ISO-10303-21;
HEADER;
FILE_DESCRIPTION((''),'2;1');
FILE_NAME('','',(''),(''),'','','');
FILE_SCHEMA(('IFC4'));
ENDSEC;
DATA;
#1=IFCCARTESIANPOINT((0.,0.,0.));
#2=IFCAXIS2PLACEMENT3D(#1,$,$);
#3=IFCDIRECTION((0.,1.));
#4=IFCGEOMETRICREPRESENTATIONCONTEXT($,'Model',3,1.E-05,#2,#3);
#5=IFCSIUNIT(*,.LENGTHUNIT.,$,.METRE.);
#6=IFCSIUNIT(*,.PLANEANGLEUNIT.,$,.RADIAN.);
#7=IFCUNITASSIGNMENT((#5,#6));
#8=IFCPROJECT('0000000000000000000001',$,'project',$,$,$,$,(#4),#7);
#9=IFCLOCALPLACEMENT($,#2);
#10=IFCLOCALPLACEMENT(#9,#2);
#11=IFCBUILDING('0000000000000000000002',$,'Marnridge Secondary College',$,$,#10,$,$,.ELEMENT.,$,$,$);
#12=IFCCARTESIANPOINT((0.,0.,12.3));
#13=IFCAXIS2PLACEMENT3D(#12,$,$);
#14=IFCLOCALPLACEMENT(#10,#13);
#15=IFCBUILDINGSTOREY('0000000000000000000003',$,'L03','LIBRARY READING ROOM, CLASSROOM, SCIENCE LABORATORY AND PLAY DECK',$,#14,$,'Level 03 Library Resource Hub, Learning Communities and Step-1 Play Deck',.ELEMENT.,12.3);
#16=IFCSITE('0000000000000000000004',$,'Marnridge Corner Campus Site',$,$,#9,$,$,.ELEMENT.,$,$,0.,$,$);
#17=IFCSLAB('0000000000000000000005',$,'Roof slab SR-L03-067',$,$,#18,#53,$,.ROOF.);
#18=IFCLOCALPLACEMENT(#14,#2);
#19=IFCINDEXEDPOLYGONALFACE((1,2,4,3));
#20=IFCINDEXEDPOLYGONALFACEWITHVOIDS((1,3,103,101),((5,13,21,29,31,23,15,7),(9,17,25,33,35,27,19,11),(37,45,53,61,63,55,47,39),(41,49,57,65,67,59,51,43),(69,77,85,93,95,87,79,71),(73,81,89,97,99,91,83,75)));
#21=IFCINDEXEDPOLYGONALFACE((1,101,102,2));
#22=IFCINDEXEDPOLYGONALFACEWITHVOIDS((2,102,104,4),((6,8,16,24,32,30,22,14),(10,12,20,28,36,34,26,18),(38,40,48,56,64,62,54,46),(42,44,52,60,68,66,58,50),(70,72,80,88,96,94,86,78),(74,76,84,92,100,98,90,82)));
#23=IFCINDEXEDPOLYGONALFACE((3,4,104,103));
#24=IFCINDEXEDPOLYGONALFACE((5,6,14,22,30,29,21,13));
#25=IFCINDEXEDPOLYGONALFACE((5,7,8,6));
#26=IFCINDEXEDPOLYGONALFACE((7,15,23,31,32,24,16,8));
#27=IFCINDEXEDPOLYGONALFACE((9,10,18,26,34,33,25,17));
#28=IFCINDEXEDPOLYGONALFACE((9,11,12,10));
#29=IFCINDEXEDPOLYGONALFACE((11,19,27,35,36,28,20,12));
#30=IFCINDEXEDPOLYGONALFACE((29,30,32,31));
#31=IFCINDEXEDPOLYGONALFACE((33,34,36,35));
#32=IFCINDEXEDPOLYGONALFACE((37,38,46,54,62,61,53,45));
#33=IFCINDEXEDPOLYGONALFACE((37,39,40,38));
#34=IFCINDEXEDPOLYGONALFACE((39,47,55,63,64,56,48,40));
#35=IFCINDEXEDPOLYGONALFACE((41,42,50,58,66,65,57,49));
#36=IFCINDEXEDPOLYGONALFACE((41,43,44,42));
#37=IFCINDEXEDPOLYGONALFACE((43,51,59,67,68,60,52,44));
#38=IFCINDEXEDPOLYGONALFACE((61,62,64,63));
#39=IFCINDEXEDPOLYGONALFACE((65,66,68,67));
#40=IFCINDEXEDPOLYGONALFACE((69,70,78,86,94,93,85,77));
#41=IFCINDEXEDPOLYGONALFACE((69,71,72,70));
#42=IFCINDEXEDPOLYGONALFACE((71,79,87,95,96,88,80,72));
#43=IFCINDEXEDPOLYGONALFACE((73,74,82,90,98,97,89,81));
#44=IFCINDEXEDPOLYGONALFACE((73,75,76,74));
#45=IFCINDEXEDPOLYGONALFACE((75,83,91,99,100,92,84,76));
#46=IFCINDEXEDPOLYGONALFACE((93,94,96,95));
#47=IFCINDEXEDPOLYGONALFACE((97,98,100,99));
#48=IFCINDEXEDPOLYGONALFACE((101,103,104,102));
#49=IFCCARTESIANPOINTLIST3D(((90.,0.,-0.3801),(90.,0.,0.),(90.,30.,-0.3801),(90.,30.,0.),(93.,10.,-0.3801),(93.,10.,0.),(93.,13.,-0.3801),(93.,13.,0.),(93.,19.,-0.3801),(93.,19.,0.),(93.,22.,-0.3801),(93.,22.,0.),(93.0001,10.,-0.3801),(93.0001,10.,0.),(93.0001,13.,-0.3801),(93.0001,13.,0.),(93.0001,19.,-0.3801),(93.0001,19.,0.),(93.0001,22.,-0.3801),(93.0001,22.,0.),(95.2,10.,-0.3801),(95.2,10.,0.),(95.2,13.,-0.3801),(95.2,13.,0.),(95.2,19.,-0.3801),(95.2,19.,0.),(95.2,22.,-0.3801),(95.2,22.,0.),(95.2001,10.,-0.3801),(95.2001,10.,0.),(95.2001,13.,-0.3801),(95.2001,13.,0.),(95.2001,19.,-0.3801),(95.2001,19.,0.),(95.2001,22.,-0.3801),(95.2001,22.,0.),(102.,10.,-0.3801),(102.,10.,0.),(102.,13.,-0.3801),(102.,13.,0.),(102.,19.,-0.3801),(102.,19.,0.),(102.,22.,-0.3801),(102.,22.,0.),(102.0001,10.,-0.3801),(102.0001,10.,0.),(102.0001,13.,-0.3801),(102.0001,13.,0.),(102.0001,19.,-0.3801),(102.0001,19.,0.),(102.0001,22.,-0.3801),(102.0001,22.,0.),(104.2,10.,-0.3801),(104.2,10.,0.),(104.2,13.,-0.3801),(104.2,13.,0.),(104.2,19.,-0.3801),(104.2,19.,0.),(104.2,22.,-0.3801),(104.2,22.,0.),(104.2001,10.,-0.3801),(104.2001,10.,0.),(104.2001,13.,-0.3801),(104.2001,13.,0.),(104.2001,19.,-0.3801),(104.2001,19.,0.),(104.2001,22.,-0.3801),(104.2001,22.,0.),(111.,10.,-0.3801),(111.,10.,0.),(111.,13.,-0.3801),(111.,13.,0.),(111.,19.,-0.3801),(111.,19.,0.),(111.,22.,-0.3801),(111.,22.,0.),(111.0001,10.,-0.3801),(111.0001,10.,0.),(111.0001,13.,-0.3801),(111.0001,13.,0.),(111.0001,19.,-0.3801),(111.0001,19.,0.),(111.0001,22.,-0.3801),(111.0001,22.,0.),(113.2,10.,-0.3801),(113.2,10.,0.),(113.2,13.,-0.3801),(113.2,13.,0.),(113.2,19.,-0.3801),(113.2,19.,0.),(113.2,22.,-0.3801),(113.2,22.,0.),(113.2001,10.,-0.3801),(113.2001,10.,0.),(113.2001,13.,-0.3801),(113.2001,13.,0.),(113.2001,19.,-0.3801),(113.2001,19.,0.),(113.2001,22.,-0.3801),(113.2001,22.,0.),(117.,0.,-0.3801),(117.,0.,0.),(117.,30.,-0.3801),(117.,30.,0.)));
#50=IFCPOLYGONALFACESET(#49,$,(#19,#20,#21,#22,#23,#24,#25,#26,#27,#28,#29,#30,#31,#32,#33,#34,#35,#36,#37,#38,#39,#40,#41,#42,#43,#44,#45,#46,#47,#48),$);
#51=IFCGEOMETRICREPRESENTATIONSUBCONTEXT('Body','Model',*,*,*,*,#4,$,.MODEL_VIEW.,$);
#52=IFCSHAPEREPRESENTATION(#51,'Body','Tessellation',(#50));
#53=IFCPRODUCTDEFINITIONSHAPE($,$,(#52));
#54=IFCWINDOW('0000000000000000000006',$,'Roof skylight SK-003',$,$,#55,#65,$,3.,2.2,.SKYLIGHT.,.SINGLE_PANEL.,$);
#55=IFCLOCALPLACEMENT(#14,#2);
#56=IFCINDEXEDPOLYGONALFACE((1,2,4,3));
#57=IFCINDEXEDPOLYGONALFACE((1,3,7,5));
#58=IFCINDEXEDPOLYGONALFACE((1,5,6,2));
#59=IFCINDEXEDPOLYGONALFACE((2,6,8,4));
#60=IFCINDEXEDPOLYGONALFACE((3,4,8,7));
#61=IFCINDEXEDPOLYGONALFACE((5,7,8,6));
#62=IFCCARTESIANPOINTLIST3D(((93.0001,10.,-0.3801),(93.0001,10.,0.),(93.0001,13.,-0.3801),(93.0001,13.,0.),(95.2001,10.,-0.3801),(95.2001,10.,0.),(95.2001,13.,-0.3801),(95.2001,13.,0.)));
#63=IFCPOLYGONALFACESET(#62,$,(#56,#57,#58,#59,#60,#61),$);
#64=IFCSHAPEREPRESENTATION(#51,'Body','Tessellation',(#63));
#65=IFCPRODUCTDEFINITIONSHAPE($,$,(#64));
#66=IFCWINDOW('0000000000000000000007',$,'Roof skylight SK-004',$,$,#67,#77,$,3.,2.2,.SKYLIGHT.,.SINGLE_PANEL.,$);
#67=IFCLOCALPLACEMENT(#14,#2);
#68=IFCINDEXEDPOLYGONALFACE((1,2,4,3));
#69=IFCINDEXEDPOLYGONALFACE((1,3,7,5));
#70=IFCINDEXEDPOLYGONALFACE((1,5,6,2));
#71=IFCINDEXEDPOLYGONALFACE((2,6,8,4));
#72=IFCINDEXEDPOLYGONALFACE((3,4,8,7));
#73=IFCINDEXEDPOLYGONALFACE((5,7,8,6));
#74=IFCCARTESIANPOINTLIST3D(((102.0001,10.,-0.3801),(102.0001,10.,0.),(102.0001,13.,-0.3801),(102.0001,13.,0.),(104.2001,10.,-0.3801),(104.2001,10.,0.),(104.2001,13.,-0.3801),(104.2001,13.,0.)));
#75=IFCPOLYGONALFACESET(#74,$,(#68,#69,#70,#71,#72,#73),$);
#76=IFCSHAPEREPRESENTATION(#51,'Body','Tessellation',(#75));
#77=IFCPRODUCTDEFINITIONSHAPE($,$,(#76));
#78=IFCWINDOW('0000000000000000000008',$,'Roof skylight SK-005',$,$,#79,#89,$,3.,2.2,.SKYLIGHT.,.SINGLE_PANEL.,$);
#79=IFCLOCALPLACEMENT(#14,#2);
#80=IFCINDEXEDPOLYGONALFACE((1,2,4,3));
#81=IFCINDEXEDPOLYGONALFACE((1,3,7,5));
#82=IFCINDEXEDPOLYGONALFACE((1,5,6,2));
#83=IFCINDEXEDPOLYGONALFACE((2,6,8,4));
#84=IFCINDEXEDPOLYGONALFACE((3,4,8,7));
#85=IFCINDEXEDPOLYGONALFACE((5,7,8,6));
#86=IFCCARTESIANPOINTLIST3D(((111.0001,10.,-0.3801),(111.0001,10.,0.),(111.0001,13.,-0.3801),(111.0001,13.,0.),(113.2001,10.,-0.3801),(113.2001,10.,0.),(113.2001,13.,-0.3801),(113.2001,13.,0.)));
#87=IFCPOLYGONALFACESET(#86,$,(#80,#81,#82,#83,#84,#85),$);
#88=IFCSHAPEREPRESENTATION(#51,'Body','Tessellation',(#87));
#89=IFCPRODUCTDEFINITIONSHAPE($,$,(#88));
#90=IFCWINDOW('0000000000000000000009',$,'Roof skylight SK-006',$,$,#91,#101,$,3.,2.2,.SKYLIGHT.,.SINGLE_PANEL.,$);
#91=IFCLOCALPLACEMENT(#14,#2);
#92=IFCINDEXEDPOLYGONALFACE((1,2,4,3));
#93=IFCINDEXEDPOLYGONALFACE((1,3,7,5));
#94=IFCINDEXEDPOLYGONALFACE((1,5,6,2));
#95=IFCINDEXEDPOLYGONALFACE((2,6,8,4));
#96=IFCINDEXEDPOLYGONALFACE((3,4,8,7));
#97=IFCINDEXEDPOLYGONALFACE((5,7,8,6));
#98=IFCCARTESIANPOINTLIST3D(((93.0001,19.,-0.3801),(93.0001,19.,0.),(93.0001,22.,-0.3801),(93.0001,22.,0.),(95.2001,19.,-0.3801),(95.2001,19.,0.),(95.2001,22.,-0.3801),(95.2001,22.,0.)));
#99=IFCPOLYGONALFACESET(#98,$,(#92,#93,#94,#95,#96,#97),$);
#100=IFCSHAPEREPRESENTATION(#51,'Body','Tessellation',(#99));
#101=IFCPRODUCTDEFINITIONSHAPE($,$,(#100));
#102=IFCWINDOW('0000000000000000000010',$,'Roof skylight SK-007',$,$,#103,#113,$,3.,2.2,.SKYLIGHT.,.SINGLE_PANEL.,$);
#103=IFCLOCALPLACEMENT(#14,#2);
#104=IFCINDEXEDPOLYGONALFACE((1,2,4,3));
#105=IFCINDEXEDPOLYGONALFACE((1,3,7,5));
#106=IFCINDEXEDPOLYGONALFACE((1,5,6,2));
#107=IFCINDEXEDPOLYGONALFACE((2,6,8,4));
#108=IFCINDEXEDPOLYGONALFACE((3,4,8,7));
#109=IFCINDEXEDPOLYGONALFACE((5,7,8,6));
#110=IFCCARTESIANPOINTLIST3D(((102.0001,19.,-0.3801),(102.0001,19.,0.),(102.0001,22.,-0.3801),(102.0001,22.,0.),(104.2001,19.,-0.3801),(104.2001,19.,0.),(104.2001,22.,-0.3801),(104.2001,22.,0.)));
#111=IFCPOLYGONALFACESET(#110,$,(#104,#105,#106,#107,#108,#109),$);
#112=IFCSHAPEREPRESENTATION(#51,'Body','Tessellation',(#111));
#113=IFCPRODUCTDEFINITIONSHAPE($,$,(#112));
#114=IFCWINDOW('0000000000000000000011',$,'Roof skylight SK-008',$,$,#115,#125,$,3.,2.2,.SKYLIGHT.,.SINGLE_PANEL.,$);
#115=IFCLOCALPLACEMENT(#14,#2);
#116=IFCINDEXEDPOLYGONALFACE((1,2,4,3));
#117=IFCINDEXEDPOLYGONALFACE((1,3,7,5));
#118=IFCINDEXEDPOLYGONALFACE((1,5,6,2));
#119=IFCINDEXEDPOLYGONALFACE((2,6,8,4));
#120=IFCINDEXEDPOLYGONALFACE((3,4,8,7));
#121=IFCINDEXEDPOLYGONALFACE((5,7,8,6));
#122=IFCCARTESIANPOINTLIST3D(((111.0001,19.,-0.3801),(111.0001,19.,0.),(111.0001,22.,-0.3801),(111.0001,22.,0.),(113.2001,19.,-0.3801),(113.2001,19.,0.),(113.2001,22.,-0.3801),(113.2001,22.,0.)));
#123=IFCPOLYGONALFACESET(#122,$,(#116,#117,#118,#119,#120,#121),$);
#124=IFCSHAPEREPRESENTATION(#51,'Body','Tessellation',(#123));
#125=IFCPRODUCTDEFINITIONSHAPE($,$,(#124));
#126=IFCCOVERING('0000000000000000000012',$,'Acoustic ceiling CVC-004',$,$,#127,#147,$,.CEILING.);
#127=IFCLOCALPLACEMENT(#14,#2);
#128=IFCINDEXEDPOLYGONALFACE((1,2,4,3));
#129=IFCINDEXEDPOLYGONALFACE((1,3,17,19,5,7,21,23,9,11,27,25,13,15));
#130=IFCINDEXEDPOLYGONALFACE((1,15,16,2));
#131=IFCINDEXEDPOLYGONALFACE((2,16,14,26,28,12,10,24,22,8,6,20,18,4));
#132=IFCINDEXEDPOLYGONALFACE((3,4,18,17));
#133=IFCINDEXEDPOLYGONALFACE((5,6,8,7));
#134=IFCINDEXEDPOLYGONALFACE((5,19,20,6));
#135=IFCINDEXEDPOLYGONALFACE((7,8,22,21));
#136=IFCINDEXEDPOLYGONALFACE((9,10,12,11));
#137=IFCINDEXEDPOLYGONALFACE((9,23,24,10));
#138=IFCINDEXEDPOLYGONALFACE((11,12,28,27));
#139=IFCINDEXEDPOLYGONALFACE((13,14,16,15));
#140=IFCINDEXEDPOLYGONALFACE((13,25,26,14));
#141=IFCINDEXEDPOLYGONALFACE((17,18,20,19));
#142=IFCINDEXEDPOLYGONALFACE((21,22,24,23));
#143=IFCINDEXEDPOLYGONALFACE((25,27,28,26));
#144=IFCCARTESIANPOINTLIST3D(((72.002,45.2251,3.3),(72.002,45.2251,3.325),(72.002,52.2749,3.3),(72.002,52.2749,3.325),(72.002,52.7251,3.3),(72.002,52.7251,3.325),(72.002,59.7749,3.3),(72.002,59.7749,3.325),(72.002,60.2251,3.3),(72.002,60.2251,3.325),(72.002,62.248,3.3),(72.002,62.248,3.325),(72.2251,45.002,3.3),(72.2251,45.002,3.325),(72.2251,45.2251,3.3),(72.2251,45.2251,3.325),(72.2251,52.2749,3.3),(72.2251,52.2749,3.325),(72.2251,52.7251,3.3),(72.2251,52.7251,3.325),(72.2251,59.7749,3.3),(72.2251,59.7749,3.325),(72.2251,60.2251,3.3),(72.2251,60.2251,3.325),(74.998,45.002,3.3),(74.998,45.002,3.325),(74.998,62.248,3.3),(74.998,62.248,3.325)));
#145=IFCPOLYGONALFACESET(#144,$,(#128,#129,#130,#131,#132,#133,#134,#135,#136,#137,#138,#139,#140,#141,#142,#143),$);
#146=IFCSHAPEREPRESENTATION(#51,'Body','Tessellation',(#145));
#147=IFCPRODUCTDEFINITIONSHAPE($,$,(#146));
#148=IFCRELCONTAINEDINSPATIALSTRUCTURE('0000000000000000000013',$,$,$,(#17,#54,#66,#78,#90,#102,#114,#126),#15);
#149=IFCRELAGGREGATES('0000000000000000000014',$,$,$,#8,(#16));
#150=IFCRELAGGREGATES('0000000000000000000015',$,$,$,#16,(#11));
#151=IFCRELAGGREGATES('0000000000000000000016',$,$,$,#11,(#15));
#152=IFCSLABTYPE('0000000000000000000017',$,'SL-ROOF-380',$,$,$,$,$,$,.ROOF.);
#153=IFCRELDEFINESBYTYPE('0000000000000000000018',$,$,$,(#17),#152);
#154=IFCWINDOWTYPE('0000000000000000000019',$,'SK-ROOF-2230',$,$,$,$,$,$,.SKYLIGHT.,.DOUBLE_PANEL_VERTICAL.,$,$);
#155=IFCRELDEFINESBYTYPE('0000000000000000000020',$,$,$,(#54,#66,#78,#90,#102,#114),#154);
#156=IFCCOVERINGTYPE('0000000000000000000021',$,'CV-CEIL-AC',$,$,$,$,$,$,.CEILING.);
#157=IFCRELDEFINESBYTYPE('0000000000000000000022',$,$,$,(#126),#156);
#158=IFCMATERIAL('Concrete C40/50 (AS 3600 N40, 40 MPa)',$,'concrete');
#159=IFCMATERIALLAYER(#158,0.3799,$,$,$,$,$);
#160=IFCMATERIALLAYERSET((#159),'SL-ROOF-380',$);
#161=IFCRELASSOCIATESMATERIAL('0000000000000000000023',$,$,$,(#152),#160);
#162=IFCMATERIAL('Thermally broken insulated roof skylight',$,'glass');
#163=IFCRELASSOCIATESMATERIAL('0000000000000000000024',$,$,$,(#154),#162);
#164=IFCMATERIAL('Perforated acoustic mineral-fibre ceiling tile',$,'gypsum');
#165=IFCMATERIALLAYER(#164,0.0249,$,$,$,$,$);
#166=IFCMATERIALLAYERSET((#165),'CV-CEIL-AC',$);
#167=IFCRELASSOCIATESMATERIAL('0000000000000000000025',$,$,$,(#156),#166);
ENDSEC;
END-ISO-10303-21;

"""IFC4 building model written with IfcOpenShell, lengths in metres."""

from ifc_helpers import new_model, si_unit, direction, frame, origin, origin_2d, place, context, subcontext, project, spatial, polyline, rectangle, outline, extrude, material, layer, layer_set, type_object, element, fill, save


model = new_model("IFC4")

# Units and contexts
model_context = context("Model", 3, precision=1e-05, world=origin(), true_north=direction((0.0, 1.0)))
body_context = subcontext(model_context, "Body", "Model", "MODEL_VIEW")
ifc_project = project(units=[si_unit("LENGTHUNIT", "METRE"), si_unit("PLANEANGLEUNIT", "RADIAN")], contexts=[model_context])

# Site, building, storey
site_placement = place(None, origin())
site = spatial("IfcSite", under=ifc_project, at=site_placement, Name="Marnridge Corner Campus Site", CompositionType="ELEMENT", RefElevation=0.0)
building_placement = place(site_placement, origin())
building = spatial("IfcBuilding", under=site, at=building_placement, Name="Marnridge Secondary College", CompositionType="ELEMENT")
storey_placement = place(building_placement, frame((0.0, 0.0, 12.3)))
storey = spatial("IfcBuildingStorey", under=building, at=storey_placement, Name="L03", Description="LIBRARY READING ROOM, CLASSROOM, SCIENCE LABORATORY AND PLAY DECK", LongName="Level 03 Library Resource Hub, Learning Communities and Step-1 Play Deck", CompositionType="ELEMENT", Elevation=12.3)

# Slab, openings, windows
ifc_material_1 = material(Name="Concrete C40/50 (AS 3600 N40, 40 MPa)", Category="concrete")
ifc_layer_1 = layer(ifc_material_1, 0.3799)
ifc_layer_set_1 = layer_set([ifc_layer_1], Name="SL-ROOF-380")
slab_type_1 = type_object("IfcSlabType", Name="SL-ROOF-380", PredefinedType="ROOF", material=ifc_layer_set_1)
slab_1_placement = place(storey_placement, frame((0.0, 0.0, -0.3801)))
slab_1 = element("IfcSlab", 1, at=slab_1_placement, inside=storey, type_object=slab_type_1, Name="Roof slab SR-L03-067", PredefinedType="ROOF", context=body_context, shape_type="SweptSolid", body=[
    extrude(outline(polyline([(90.0, 0.0), (117.0, 0.0), (117.0, 30.0), (90.0, 30.0), (90.0, 0.0)]), holes=[polyline([(93.0, 10.0), (95.2, 10.0), (95.2, 13.0), (93.0, 13.0), (93.0, 10.0)]), polyline([(102.0, 10.0), (104.2, 10.0), (104.2, 13.0), (102.0, 13.0), (102.0, 10.0)]), polyline([(111.0, 10.0), (113.2, 10.0), (113.2, 13.0), (111.0, 13.0), (111.0, 10.0)]), polyline([(93.0, 19.0), (95.2, 19.0), (95.2, 22.0), (93.0, 22.0), (93.0, 19.0)]), polyline([(102.0, 19.0), (104.2, 19.0), (104.2, 22.0), (102.0, 22.0), (102.0, 19.0)]), polyline([(111.0, 19.0), (113.2, 19.0), (113.2, 22.0), (111.0, 22.0), (111.0, 19.0)])]), origin(), (0.0, 0.0, 1.0), 0.3801),
])
opening_1_placement = place(slab_1_placement, frame((94.1001, 11.5, 0.0)))
opening_1 = element("IfcOpeningElement", 2, at=opening_1_placement, cuts=slab_1, PredefinedType="OPENING", context=body_context, shape_type="SweptSolid", body=[
    extrude(rectangle(XDim=2.2, YDim=3.0, at=origin_2d()), frame((0.0, 0.0, -0.01)), (0.0, 0.0, 1.0), 0.4001),
])
opening_2_placement = place(slab_1_placement, frame((103.1001, 11.5, 0.0)))
opening_2 = element("IfcOpeningElement", 3, at=opening_2_placement, cuts=slab_1, PredefinedType="OPENING", context=body_context, shape_type="SweptSolid", body=[
    extrude(rectangle(XDim=2.2, YDim=3.0, at=origin_2d()), frame((0.0, 0.0, -0.01)), (0.0, 0.0, 1.0), 0.4001),
])
opening_3_placement = place(slab_1_placement, frame((112.1001, 11.5, 0.0)))
opening_3 = element("IfcOpeningElement", 4, at=opening_3_placement, cuts=slab_1, PredefinedType="OPENING", context=body_context, shape_type="SweptSolid", body=[
    extrude(rectangle(XDim=2.2, YDim=3.0, at=origin_2d()), frame((0.0, 0.0, -0.01)), (0.0, 0.0, 1.0), 0.4001),
])
opening_4_placement = place(slab_1_placement, frame((94.1001, 20.5, 0.0)))
opening_4 = element("IfcOpeningElement", 5, at=opening_4_placement, cuts=slab_1, PredefinedType="OPENING", context=body_context, shape_type="SweptSolid", body=[
    extrude(rectangle(XDim=2.2, YDim=3.0, at=origin_2d()), frame((0.0, 0.0, -0.01)), (0.0, 0.0, 1.0), 0.4001),
])
opening_5_placement = place(slab_1_placement, frame((103.1001, 20.5, 0.0)))
opening_5 = element("IfcOpeningElement", 6, at=opening_5_placement, cuts=slab_1, PredefinedType="OPENING", context=body_context, shape_type="SweptSolid", body=[
    extrude(rectangle(XDim=2.2, YDim=3.0, at=origin_2d()), frame((0.0, 0.0, -0.01)), (0.0, 0.0, 1.0), 0.4001),
])
opening_6_placement = place(slab_1_placement, frame((112.1001, 20.5, 0.0)))
opening_6 = element("IfcOpeningElement", 7, at=opening_6_placement, cuts=slab_1, PredefinedType="OPENING", context=body_context, shape_type="SweptSolid", body=[
    extrude(rectangle(XDim=2.2, YDim=3.0, at=origin_2d()), frame((0.0, 0.0, -0.01)), (0.0, 0.0, 1.0), 0.4001),
])
ifc_material_2 = material(Name="Thermally broken insulated roof skylight", Category="glass")
window_type = type_object("IfcWindowType", Name="SK-ROOF-2230", PartitioningType="DOUBLE_PANEL_VERTICAL", PredefinedType="SKYLIGHT", material=ifc_material_2)
window_1_placement = place(opening_1_placement, origin())
window_1 = element("IfcWindow", 8, at=window_1_placement, inside=storey, type_object=window_type, Name="Roof skylight SK-003", OverallHeight=3.0, OverallWidth=2.2, PartitioningType="SINGLE_PANEL", PredefinedType="SKYLIGHT", context=body_context, shape_type="SweptSolid", body=[
    extrude(rectangle(XDim=2.2, YDim=3.0, at=origin_2d()), origin(), (0.0, 0.0, 1.0), 0.3801),
])
fill(opening_1, window_1)
window_2_placement = place(opening_2_placement, origin())
window_2 = element("IfcWindow", 9, at=window_2_placement, inside=storey, type_object=window_type, Name="Roof skylight SK-004", OverallHeight=3.0, OverallWidth=2.2, PartitioningType="SINGLE_PANEL", PredefinedType="SKYLIGHT", context=body_context, shape_type="SweptSolid", body=[
    extrude(rectangle(XDim=2.2, YDim=3.0, at=origin_2d()), origin(), (0.0, 0.0, 1.0), 0.3801),
])
fill(opening_2, window_2)
window_3_placement = place(opening_3_placement, origin())
window_3 = element("IfcWindow", 10, at=window_3_placement, inside=storey, type_object=window_type, Name="Roof skylight SK-005", OverallHeight=3.0, OverallWidth=2.2, PartitioningType="SINGLE_PANEL", PredefinedType="SKYLIGHT", context=body_context, shape_type="SweptSolid", body=[
    extrude(rectangle(XDim=2.2, YDim=3.0, at=origin_2d()), origin(), (0.0, 0.0, 1.0), 0.3801),
])
fill(opening_3, window_3)
window_4_placement = place(opening_4_placement, origin())
window_4 = element("IfcWindow", 11, at=window_4_placement, inside=storey, type_object=window_type, Name="Roof skylight SK-006", OverallHeight=3.0, OverallWidth=2.2, PartitioningType="SINGLE_PANEL", PredefinedType="SKYLIGHT", context=body_context, shape_type="SweptSolid", body=[
    extrude(rectangle(XDim=2.2, YDim=3.0, at=origin_2d()), origin(), (0.0, 0.0, 1.0), 0.3801),
])
fill(opening_4, window_4)
window_5_placement = place(opening_5_placement, origin())
window_5 = element("IfcWindow", 12, at=window_5_placement, inside=storey, type_object=window_type, Name="Roof skylight SK-007", OverallHeight=3.0, OverallWidth=2.2, PartitioningType="SINGLE_PANEL", PredefinedType="SKYLIGHT", context=body_context, shape_type="SweptSolid", body=[
    extrude(rectangle(XDim=2.2, YDim=3.0, at=origin_2d()), origin(), (0.0, 0.0, 1.0), 0.3801),
])
fill(opening_5, window_5)
window_6_placement = place(opening_6_placement, origin())
window_6 = element("IfcWindow", 13, at=window_6_placement, inside=storey, type_object=window_type, Name="Roof skylight SK-008", OverallHeight=3.0, OverallWidth=2.2, PartitioningType="SINGLE_PANEL", PredefinedType="SKYLIGHT", context=body_context, shape_type="SweptSolid", body=[
    extrude(rectangle(XDim=2.2, YDim=3.0, at=origin_2d()), origin(), (0.0, 0.0, 1.0), 0.3801),
])
fill(opening_6, window_6)

# Covering
ifc_material_3 = material(Name="Perforated acoustic mineral-fibre ceiling tile", Category="gypsum")
ifc_layer_2 = layer(ifc_material_3, 0.0249)
ifc_layer_set_2 = layer_set([ifc_layer_2], Name="CV-CEIL-AC")
covering_type_1 = type_object("IfcCoveringType", Name="CV-CEIL-AC", PredefinedType="CEILING", material=ifc_layer_set_2)
covering_1_placement = place(storey_placement, frame((0.0, 0.0, 3.3)))
element("IfcCovering", 14, at=covering_1_placement, inside=storey, type_object=covering_type_1, Name="Acoustic ceiling CVC-004", PredefinedType="CEILING", context=body_context, shape_type="SweptSolid", body=[
    extrude(outline(polyline([(72.002, 45.2251), (72.002, 52.2749), (72.2251, 52.2749), (72.2251, 52.7251), (72.002, 52.7251), (72.002, 59.7749), (72.2251, 59.7749), (72.2251, 60.2251), (72.002, 60.2251), (72.002, 62.248), (74.998, 62.248), (74.998, 45.002), (72.2251, 45.002), (72.2251, 45.2251), (72.002, 45.2251)])), origin(), (0.0, 0.0, 1.0), 0.0249),
])

save(model, "model.ifc")
